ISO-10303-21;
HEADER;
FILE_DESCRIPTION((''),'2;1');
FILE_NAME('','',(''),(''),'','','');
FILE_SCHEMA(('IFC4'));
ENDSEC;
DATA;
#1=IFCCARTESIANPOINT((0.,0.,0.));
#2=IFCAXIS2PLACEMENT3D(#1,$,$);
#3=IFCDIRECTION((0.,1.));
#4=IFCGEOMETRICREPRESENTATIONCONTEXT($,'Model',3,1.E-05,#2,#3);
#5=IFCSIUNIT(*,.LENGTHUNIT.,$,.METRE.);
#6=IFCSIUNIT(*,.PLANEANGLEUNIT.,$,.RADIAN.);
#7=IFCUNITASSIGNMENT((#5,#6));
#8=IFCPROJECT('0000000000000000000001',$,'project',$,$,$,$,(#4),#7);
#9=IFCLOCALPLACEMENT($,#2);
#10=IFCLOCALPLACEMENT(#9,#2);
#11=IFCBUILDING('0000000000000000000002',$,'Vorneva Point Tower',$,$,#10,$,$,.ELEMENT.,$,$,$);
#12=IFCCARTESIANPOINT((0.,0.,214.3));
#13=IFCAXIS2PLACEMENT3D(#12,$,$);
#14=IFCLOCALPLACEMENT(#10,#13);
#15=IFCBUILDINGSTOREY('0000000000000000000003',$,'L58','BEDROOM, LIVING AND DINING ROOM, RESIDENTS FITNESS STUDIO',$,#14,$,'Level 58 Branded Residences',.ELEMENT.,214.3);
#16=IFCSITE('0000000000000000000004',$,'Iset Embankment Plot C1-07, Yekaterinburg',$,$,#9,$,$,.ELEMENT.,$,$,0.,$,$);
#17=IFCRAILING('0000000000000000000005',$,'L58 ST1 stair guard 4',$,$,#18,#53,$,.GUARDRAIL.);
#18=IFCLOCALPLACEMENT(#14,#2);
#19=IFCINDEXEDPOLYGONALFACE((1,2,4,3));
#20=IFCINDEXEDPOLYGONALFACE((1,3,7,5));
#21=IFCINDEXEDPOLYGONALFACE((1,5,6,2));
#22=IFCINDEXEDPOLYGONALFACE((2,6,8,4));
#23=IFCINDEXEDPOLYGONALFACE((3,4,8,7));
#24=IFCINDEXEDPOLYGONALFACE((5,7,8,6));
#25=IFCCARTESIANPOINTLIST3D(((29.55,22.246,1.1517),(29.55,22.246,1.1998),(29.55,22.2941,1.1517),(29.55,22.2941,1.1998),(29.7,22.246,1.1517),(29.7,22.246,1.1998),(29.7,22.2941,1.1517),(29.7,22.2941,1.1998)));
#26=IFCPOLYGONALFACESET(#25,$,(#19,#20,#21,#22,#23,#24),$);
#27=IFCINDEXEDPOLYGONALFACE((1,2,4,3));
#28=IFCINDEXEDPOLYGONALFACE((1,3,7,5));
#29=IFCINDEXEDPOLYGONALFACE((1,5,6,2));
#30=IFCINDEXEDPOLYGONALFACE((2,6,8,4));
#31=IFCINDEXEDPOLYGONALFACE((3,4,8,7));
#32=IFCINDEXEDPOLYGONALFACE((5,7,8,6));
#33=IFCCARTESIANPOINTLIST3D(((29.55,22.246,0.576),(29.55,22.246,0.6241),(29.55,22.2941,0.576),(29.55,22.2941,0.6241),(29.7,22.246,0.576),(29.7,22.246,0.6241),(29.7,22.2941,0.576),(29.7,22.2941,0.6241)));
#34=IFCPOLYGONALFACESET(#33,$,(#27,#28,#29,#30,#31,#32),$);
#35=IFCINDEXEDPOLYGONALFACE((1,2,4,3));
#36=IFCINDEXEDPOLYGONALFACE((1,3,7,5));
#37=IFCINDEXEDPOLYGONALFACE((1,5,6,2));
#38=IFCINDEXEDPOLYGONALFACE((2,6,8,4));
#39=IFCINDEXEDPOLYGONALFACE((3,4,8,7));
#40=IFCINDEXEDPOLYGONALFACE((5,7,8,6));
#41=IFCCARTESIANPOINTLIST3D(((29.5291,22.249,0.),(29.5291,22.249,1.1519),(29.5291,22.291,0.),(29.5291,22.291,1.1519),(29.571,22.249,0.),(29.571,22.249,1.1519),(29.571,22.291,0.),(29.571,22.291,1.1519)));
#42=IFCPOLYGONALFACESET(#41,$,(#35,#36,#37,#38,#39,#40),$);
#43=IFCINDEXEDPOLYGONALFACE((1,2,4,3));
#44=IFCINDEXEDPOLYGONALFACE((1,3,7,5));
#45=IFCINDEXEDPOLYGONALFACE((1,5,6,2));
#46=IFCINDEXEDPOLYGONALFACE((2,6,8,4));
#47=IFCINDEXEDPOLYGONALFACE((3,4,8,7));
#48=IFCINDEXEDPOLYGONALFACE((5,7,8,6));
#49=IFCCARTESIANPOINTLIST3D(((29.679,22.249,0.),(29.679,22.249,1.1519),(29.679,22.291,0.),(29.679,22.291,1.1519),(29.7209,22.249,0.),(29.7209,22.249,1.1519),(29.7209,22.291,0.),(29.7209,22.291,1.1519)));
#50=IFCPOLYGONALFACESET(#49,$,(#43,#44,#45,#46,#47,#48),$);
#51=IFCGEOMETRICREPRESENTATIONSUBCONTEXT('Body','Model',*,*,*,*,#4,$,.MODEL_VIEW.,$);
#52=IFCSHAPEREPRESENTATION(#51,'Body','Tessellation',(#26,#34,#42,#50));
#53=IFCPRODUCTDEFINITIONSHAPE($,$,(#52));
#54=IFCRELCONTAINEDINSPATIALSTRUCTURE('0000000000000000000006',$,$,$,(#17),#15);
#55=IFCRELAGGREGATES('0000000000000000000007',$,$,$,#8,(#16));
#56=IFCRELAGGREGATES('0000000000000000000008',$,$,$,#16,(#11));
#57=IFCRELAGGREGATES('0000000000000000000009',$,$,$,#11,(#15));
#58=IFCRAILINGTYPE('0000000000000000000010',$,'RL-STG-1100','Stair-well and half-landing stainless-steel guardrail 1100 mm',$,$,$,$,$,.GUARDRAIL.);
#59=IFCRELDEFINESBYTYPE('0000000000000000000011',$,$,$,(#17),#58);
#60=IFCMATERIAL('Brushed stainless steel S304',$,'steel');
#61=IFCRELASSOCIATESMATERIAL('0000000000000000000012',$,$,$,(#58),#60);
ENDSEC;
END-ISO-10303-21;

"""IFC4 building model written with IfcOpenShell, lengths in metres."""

from ifc_helpers import new_model, si_unit, direction, frame, origin, origin_2d, place, context, subcontext, project, spatial, rectangle, extrude, material, type_object, element, save


model = new_model("IFC4")

# Units and contexts
model_context = context("Model", 3, precision=1e-05, world=origin(), true_north=direction((0.0, 1.0)))
body_context = subcontext(model_context, "Body", "Model", "MODEL_VIEW")
ifc_project = project(units=[si_unit("LENGTHUNIT", "METRE"), si_unit("PLANEANGLEUNIT", "RADIAN")], contexts=[model_context])

# Site, building, storey
site_placement = place(None, origin())
site = spatial("IfcSite", under=ifc_project, at=site_placement, Name="Iset Embankment Plot C1-07, Yekaterinburg", CompositionType="ELEMENT", RefElevation=0.0)
building_placement = place(site_placement, origin())
building = spatial("IfcBuilding", under=site, at=building_placement, Name="Vorneva Point Tower", CompositionType="ELEMENT")
storey_placement = place(building_placement, frame((0.0, 0.0, 214.3)))
storey = spatial("IfcBuildingStorey", under=building, at=storey_placement, Name="L58", Description="BEDROOM, LIVING AND DINING ROOM, RESIDENTS FITNESS STUDIO", LongName="Level 58 Branded Residences", CompositionType="ELEMENT", Elevation=214.3)

# Shared definitions
ifc_material_1 = material(Name="Brushed stainless steel S304", Category="steel")

# Railing
railing_type_1 = type_object("IfcRailingType", Name="RL-STG-1100", Description="Stair-well and half-landing stainless-steel guardrail 1100 mm", PredefinedType="GUARDRAIL", material=ifc_material_1)
railing_1_placement = place(storey_placement, frame((29.55, 22.27, 0.0)))
element("IfcRailing", 1, at=railing_1_placement, inside=storey, type_object=railing_type_1, Name="L58 ST1 stair guard 4", PredefinedType="GUARDRAIL", context=body_context, shape_type="SweptSolid", body=[
    extrude(rectangle(XDim=0.0481, YDim=0.0481, at=origin_2d()), frame((0.0, 0.0, 1.1758), z_axis=(1.0, 0.0, 0.0), x_axis=(0.0, 1.0, 0.0)), (0.0, 0.0, 1.0), 0.1499),
    extrude(rectangle(XDim=0.0481, YDim=0.0481, at=origin_2d()), frame((0.0, 0.0, 0.6001), z_axis=(1.0, 0.0, 0.0), x_axis=(0.0, 1.0, 0.0)), (0.0, 0.0, 1.0), 0.1499),
    extrude(rectangle(XDim=0.042, YDim=0.042, at=origin_2d()), origin(), (0.0, 0.0, 1.0), 1.1519),
    extrude(rectangle(XDim=0.042, YDim=0.042, at=origin_2d()), frame((0.1499, 0.0, 0.0)), (0.0, 0.0, 1.0), 1.1519),
])

save(model, "model.ifc")
